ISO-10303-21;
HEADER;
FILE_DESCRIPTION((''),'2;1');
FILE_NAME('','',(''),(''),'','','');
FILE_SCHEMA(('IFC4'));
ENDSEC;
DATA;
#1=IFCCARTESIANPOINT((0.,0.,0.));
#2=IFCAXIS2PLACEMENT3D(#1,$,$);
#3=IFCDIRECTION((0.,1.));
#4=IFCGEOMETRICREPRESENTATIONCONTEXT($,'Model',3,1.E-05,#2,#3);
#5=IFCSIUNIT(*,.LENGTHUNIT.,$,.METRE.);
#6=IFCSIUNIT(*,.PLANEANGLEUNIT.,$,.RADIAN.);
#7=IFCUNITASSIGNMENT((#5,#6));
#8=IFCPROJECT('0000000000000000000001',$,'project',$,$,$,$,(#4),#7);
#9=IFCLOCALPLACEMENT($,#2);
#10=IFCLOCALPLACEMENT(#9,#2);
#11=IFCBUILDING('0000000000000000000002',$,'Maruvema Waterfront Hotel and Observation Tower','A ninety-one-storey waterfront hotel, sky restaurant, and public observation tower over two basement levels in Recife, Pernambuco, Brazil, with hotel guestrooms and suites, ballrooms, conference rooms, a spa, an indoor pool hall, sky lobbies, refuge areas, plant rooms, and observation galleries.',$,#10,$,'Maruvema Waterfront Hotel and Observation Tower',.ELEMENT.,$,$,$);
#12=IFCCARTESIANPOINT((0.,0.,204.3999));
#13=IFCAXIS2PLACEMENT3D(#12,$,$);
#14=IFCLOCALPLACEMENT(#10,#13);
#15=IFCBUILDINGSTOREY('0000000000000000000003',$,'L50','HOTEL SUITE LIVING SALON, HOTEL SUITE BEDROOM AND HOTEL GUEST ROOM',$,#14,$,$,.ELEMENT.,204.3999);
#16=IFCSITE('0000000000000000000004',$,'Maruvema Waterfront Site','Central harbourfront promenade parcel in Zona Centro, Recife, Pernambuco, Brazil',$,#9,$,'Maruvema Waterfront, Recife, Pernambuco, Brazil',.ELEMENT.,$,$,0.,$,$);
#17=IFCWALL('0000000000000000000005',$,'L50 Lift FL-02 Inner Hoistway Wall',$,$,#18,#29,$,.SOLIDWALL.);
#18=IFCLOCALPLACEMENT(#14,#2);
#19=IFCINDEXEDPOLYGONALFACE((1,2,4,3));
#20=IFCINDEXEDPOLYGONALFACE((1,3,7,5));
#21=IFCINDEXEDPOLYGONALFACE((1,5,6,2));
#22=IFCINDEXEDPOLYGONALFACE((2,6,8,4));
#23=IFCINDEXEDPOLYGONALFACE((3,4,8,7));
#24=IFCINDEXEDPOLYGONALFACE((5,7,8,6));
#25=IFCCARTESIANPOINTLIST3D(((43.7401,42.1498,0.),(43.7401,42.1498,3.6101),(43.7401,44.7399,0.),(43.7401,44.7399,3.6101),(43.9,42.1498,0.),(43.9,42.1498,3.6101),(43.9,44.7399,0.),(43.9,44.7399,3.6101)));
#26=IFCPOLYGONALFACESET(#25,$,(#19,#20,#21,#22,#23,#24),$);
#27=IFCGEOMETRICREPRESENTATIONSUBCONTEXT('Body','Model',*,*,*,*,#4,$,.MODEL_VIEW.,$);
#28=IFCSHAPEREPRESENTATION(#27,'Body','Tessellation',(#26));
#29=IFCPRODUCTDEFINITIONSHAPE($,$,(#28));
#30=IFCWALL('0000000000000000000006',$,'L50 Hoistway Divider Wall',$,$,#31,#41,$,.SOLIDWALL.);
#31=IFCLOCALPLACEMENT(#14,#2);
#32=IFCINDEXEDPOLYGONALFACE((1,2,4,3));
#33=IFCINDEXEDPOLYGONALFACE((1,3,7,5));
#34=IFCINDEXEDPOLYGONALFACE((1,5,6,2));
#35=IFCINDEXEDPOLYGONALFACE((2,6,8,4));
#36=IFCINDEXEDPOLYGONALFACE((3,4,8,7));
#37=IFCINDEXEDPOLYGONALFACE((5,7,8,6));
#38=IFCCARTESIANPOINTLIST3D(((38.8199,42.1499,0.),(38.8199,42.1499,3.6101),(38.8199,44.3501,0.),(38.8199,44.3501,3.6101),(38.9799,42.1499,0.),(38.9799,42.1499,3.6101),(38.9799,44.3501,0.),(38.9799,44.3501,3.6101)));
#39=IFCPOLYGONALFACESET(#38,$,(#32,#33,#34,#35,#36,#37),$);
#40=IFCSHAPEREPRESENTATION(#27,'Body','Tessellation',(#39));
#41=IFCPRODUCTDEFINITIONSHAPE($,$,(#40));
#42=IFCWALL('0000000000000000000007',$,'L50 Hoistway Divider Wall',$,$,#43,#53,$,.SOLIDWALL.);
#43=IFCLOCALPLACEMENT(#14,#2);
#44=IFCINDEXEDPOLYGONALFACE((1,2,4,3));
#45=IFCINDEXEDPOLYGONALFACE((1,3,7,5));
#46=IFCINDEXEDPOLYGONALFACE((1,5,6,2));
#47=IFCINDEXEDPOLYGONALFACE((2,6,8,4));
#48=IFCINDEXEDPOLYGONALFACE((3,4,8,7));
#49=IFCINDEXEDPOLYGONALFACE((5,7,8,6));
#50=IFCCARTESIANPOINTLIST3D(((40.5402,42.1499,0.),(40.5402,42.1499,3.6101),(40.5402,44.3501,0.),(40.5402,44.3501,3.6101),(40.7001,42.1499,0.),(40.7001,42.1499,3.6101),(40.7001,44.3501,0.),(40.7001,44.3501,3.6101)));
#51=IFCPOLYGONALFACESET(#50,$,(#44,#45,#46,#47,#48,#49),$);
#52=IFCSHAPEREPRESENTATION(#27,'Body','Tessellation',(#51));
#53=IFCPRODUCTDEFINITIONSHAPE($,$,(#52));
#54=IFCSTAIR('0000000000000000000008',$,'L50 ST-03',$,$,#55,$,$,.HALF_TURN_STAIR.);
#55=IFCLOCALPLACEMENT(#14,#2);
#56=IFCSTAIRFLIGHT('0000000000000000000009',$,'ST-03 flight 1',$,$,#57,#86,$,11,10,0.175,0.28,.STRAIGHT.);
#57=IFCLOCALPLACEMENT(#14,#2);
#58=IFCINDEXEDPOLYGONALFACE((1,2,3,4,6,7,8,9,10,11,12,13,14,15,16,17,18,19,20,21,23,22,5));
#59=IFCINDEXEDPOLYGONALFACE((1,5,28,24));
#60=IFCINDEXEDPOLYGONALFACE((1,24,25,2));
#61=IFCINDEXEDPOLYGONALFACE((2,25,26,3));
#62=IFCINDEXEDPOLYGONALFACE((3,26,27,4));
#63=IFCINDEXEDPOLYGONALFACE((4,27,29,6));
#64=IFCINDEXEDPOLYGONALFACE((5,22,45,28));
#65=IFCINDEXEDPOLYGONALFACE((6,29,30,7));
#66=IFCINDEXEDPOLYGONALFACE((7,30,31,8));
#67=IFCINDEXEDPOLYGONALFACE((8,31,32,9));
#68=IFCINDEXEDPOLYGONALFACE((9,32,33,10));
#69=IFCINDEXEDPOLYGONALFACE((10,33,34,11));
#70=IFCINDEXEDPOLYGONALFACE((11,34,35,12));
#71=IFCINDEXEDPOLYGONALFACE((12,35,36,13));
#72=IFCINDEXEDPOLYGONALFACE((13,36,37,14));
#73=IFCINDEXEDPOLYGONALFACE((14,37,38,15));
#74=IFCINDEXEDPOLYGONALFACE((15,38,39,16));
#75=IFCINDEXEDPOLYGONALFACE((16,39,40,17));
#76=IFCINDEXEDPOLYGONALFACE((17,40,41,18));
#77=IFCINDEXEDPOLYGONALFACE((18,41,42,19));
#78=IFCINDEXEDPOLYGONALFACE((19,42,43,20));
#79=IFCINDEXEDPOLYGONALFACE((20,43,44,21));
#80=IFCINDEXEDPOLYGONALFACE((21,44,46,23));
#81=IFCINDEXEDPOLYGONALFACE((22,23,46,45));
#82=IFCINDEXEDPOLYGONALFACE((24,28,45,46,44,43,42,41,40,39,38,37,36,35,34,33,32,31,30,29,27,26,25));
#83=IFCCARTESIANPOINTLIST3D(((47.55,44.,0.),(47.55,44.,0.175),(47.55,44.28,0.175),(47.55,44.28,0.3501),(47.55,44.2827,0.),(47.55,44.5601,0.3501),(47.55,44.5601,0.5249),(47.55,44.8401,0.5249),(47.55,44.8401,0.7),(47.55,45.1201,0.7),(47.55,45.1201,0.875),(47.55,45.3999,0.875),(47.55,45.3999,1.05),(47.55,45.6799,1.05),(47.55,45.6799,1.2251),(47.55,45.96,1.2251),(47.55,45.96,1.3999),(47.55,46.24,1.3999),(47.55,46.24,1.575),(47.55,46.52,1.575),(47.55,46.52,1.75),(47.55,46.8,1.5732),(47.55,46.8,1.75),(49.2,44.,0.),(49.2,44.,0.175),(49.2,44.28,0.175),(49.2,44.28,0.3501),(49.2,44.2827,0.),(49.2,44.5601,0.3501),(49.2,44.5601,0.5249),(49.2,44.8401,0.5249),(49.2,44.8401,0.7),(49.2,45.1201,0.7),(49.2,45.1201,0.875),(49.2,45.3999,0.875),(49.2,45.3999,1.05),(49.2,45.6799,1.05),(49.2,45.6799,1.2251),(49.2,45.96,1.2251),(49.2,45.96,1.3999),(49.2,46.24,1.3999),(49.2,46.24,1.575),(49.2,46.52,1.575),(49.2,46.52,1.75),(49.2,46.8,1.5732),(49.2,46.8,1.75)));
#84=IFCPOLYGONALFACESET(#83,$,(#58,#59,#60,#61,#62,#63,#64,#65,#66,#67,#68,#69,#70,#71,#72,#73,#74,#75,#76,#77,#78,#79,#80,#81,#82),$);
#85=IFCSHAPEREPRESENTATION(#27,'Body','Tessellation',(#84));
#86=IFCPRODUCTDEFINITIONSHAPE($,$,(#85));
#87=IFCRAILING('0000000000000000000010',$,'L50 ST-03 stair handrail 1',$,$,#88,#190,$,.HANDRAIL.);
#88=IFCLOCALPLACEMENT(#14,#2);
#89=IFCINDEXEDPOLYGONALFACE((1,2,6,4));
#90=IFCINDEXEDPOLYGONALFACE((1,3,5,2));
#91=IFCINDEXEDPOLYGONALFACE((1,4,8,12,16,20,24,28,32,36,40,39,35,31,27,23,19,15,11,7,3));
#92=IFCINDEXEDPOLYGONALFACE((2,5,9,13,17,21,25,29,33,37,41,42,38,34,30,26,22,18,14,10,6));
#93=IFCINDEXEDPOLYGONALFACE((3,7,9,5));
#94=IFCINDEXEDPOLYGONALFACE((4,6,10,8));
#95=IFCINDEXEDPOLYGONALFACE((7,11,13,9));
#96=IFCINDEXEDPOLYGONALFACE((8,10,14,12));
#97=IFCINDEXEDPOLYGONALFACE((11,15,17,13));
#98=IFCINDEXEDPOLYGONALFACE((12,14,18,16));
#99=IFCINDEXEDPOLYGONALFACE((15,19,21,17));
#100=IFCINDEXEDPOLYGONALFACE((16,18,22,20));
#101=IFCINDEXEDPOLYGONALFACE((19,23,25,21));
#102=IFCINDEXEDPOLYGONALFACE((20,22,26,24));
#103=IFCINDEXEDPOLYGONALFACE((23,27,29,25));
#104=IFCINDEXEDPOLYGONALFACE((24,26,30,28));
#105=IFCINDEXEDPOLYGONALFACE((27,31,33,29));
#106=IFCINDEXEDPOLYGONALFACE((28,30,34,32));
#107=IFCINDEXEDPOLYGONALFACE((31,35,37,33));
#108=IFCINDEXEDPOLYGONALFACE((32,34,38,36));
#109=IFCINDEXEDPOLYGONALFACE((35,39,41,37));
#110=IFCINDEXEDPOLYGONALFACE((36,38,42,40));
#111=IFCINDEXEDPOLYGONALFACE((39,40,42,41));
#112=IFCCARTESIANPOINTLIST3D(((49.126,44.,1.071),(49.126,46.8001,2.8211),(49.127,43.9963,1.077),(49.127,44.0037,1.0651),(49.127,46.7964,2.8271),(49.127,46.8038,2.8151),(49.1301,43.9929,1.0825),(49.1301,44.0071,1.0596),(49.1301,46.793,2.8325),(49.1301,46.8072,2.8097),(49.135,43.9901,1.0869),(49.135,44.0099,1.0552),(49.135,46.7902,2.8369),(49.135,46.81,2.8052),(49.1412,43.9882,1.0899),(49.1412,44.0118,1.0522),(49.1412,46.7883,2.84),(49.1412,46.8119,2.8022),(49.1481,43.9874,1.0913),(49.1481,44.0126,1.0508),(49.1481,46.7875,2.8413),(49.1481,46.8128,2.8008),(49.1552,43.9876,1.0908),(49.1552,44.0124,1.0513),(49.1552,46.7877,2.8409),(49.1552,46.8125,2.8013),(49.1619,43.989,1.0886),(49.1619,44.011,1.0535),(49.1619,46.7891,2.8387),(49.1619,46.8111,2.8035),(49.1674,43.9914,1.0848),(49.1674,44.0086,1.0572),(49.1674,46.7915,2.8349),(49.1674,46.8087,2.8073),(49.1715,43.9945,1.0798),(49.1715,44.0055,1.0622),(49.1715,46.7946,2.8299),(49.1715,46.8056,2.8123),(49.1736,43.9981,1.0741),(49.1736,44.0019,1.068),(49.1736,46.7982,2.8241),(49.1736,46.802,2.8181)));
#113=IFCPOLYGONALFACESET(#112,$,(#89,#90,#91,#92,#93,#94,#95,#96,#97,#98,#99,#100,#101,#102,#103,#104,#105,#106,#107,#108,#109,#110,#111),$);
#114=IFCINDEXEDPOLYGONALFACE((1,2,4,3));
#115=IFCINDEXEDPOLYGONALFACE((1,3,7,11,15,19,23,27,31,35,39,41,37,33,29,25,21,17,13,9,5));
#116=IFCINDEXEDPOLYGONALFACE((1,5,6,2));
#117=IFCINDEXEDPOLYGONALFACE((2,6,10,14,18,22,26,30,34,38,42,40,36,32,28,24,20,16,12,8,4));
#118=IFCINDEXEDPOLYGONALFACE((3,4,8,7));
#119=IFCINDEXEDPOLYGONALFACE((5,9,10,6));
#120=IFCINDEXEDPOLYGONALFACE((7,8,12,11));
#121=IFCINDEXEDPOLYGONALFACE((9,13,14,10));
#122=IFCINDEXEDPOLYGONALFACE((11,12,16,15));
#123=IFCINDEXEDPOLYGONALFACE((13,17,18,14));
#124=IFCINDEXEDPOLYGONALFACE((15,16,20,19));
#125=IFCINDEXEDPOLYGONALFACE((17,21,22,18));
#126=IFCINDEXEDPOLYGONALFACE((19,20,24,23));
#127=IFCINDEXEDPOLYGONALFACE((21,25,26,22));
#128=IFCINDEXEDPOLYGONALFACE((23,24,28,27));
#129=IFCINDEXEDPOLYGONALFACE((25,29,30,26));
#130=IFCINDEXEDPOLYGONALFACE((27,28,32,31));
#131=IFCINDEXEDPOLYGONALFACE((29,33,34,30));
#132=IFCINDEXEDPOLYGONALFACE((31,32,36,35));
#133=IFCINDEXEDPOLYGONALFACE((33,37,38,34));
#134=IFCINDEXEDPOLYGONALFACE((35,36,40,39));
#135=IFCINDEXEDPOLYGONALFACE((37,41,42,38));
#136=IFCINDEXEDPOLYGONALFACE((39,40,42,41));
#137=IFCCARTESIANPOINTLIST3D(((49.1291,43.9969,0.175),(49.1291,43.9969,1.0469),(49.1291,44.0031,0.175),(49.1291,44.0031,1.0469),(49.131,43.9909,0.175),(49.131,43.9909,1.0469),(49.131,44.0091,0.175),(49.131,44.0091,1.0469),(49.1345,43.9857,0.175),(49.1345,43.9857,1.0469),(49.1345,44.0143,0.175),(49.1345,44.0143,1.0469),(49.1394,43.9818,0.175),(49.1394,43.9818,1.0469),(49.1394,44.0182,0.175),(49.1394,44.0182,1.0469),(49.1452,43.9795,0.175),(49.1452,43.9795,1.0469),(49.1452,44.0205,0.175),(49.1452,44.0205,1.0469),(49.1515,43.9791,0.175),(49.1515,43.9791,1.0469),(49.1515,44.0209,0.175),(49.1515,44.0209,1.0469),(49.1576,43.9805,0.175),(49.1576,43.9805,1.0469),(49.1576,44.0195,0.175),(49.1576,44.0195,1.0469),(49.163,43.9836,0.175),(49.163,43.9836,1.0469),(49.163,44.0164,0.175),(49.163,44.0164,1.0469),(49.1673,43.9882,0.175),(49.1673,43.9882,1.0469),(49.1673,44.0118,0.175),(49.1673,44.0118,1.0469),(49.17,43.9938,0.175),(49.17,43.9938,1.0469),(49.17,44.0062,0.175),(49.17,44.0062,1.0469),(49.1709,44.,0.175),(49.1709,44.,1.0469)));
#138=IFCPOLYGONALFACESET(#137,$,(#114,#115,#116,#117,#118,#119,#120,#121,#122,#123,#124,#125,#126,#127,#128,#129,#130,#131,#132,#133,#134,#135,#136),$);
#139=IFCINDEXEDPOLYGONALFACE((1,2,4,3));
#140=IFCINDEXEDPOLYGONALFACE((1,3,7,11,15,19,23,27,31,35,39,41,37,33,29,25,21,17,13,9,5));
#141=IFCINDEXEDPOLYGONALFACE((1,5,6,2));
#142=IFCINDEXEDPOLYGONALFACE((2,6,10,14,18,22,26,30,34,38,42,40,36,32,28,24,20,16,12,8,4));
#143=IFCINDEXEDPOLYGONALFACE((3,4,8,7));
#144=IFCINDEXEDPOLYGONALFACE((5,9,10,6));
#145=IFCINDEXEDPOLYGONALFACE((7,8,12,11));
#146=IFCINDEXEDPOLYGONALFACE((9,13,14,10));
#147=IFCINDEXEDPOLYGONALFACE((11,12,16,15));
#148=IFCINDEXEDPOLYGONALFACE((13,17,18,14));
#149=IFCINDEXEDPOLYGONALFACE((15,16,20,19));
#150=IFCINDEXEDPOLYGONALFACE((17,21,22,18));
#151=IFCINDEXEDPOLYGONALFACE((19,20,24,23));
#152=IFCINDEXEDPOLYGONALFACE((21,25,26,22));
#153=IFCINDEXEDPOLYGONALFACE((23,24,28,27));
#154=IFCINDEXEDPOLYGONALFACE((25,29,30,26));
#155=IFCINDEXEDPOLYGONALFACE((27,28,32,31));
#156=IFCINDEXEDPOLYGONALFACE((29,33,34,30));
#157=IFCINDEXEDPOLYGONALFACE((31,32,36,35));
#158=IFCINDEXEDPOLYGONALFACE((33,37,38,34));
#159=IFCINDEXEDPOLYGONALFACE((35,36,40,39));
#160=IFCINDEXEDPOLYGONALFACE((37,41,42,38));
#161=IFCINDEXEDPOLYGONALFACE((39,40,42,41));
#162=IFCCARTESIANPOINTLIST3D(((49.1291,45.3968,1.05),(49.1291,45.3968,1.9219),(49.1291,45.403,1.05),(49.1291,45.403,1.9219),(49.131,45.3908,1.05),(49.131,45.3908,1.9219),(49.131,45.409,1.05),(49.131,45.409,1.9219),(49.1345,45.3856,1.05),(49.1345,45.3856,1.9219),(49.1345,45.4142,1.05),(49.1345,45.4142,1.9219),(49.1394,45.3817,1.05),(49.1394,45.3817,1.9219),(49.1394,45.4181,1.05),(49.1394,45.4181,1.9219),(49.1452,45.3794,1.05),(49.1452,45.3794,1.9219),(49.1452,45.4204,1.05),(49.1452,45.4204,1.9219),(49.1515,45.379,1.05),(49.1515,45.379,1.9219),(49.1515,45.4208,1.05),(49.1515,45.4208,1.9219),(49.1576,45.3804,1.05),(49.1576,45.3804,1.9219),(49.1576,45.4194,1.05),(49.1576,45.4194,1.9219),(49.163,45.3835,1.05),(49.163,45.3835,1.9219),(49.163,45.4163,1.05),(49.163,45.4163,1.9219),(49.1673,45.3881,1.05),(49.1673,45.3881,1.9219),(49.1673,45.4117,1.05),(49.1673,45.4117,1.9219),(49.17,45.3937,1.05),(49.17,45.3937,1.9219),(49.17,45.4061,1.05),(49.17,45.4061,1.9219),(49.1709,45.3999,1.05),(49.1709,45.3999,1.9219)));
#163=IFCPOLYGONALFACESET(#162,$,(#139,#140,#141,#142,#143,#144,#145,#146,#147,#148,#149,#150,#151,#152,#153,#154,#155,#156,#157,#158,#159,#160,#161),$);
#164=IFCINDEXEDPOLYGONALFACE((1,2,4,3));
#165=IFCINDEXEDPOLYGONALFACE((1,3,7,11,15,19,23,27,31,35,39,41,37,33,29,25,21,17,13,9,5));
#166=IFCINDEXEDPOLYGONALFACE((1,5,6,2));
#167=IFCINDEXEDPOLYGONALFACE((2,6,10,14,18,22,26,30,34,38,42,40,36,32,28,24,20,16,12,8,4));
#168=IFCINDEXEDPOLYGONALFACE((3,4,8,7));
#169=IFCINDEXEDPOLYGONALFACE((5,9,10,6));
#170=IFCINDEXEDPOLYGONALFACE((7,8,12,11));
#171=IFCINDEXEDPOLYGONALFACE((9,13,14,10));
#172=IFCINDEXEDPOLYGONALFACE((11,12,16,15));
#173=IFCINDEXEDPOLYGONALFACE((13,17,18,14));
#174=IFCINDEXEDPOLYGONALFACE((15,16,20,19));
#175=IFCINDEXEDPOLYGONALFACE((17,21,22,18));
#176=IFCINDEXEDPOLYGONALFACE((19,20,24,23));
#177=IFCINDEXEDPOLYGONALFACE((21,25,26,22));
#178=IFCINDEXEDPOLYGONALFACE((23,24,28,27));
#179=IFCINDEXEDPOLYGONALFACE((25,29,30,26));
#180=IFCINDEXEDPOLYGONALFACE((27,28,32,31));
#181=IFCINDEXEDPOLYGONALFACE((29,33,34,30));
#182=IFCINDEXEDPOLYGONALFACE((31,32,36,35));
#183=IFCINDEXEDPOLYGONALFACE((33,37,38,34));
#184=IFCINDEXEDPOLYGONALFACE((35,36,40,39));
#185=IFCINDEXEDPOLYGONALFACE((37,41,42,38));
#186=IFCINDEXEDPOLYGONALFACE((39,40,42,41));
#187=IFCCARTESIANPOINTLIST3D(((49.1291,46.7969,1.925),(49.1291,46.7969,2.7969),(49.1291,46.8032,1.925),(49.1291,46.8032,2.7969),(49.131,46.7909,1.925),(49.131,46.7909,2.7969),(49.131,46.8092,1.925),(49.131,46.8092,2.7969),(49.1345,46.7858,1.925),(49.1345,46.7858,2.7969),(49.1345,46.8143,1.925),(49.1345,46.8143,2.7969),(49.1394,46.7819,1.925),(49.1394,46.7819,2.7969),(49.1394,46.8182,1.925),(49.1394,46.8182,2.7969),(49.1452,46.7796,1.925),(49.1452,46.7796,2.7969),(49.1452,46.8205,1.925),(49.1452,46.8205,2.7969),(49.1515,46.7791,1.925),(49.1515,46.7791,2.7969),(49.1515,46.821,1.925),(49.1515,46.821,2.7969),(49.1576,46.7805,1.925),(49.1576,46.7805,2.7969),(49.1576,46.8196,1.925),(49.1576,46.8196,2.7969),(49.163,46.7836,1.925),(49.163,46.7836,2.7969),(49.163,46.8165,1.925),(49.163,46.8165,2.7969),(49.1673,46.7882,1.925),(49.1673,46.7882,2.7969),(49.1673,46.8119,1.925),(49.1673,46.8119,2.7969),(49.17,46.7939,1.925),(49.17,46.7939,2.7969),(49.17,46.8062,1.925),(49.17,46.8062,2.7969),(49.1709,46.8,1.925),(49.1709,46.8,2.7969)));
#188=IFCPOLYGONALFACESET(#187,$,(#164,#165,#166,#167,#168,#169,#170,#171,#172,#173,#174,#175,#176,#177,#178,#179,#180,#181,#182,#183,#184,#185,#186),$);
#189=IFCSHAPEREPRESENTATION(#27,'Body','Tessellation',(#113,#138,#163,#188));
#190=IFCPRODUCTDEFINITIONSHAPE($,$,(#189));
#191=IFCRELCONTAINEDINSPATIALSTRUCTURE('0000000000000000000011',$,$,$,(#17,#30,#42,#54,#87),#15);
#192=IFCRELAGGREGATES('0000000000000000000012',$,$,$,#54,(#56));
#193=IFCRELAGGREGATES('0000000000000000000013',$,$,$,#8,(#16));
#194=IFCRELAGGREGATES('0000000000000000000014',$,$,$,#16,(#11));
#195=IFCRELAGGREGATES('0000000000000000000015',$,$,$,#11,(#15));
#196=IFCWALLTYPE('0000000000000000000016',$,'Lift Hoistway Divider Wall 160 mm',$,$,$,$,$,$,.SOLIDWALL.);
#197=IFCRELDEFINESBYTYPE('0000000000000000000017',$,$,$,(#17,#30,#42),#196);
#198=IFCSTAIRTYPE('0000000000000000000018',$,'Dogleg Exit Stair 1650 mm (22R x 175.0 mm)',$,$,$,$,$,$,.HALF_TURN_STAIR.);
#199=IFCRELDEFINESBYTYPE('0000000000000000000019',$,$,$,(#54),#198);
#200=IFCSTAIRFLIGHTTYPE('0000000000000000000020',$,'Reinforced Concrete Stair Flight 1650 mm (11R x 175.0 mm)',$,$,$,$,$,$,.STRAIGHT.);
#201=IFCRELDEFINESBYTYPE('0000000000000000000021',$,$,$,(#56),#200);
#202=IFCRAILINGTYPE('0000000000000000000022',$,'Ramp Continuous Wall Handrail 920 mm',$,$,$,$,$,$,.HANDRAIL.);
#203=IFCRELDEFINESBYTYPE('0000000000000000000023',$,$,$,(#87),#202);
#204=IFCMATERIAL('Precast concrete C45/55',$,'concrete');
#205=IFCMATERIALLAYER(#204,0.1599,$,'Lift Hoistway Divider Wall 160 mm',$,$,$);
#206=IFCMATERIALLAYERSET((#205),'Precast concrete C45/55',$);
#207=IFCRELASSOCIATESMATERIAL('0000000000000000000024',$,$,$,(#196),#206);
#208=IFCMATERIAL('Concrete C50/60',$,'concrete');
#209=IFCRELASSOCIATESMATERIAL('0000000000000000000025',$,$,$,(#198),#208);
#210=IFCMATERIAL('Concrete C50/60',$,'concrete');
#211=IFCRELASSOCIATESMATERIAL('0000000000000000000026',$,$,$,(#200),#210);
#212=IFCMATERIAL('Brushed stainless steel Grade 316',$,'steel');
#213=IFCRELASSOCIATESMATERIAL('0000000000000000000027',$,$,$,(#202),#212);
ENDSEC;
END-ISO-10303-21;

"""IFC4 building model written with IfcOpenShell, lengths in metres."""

from ifc_helpers import new_model, si_unit, direction, frame, frame_2d, origin, origin_2d, place, context, subcontext, project, spatial, polyline, rectangle, circle, outline, extrude, material, layer, layer_set, type_object, element, aggregate, save


model = new_model("IFC4")

# Units and contexts
model_context = context("Model", 3, precision=1e-05, world=origin(), true_north=direction((0.0, 1.0)))
body_context = subcontext(model_context, "Body", "Model", "MODEL_VIEW")
ifc_project = project(units=[si_unit("LENGTHUNIT", "METRE"), si_unit("PLANEANGLEUNIT", "RADIAN")], contexts=[model_context])

# Site, building, storey
site_placement = place(None, origin())
site = spatial("IfcSite", under=ifc_project, at=site_placement, Name="Maruvema Waterfront Site", Description="Central harbourfront promenade parcel in Zona Centro, Recife, Pernambuco, Brazil", LongName="Maruvema Waterfront, Recife, Pernambuco, Brazil", CompositionType="ELEMENT", RefElevation=0.0)
building_placement = place(site_placement, origin())
building = spatial("IfcBuilding", under=site, at=building_placement, Name="Maruvema Waterfront Hotel and Observation Tower", Description="A ninety-one-storey waterfront hotel, sky restaurant, and public observation tower over two basement levels in Recife, Pernambuco, Brazil, with hotel guestrooms and suites, ballrooms, conference rooms, a spa, an indoor pool hall, sky lobbies, refuge areas, plant rooms, and observation galleries.", LongName="Maruvema Waterfront Hotel and Observation Tower", CompositionType="ELEMENT")
storey_placement = place(building_placement, frame((0.0, 0.0, 204.3999)))
storey = spatial("IfcBuildingStorey", under=building, at=storey_placement, Name="L50", Description="HOTEL SUITE LIVING SALON, HOTEL SUITE BEDROOM AND HOTEL GUEST ROOM", CompositionType="ELEMENT", Elevation=204.3999)

# Walls
ifc_material_1 = material(Name="Precast concrete C45/55", Category="concrete")
ifc_layer_1 = layer(ifc_material_1, 0.1599, Name="Lift Hoistway Divider Wall 160 mm")
ifc_layer_set_1 = layer_set([ifc_layer_1], Name="Precast concrete C45/55")
wall_type_1 = type_object("IfcWallType", Name="Lift Hoistway Divider Wall 160 mm", PredefinedType="SOLIDWALL", material=ifc_layer_set_1)
wall_1_placement = place(storey_placement, frame((43.8201, 42.1499, 0.0), z_axis=(0.0, 0.0, 1.0), x_axis=(0.0, 1.0, 0.0)))
element("IfcWall", 1, at=wall_1_placement, inside=storey, type_object=wall_type_1, Name="L50 Lift FL-02 Inner Hoistway Wall", PredefinedType="SOLIDWALL", context=body_context, shape_type="SweptSolid", body=[
    extrude(rectangle(XDim=2.5901, YDim=0.1599, at=frame_2d((1.2949, 0.0))), origin(), (0.0, 0.0, 1.0), 3.6101),
])
for number, where, z_axis, x_axis, name in (
    (2, (38.8999, 42.1499, 0.0), (0.0, 0.0, 1.0), (0.0, 1.0, 0.0), "L50 Hoistway Divider Wall"),
    (3, (40.6201, 42.1499, 0.0), (0.0, 0.0, 1.0), (0.0, 1.0, 0.0), "L50 Hoistway Divider Wall"),
):
    element("IfcWall", number, at=place(storey_placement, frame(where, z_axis=z_axis, x_axis=x_axis)), inside=storey, type_object=wall_type_1, Name=name, PredefinedType="SOLIDWALL", context=body_context, shape_type="SweptSolid", body=[
        extrude(rectangle(XDim=2.2002, YDim=0.1599, at=frame_2d((1.1001, 0.0))), origin(), (0.0, 0.0, 1.0), 3.6101),
    ])

# Stair, stair flight
ifc_material_2 = material(Name="Concrete C50/60", Category="concrete")
stair_type = type_object("IfcStairType", Name="Dogleg Exit Stair 1650 mm (22R x 175.0 mm)", PredefinedType="HALF_TURN_STAIR", material=ifc_material_2)
stair_placement = place(storey_placement, origin())
stair = element("IfcStair", 4, at=stair_placement, inside=storey, type_object=stair_type, Name="L50 ST-03", PredefinedType="HALF_TURN_STAIR")
ifc_material_3 = material(Name="Concrete C50/60", Category="concrete")
stair_flight_type = type_object("IfcStairFlightType", Name="Reinforced Concrete Stair Flight 1650 mm (11R x 175.0 mm)", PredefinedType="STRAIGHT", material=ifc_material_3)
stair_flight_placement = place(storey_placement, frame((48.375, 44.0, 0.0), z_axis=(0.0, 0.0, 1.0), x_axis=(0.0, 1.0, 0.0)))
stair_flight = element("IfcStairFlight", 5, at=stair_flight_placement, type_object=stair_flight_type, Name="ST-03 flight 1", NumberOfRisers=11, NumberOfTreads=10, PredefinedType="STRAIGHT", RiserHeight=0.175, TreadLength=0.28, context=body_context, shape_type="SweptSolid", body=[
    extrude(outline(polyline([(0.0, 0.0), (0.0, 0.175), (0.28, 0.175), (0.28, 0.3501), (0.5601, 0.3501), (0.5601, 0.5249), (0.8401, 0.5249), (0.8401, 0.7), (1.1201, 0.7), (1.1201, 0.875), (1.3999, 0.875), (1.3999, 1.05), (1.6799, 1.05), (1.6799, 1.2251), (1.96, 1.2251), (1.96, 1.3999), (2.24, 1.3999), (2.24, 1.575), (2.52, 1.575), (2.52, 1.75), (2.8, 1.75), (2.8, 1.925), (2.8, 1.5732), (0.2827, 0.0), (0.0, 0.0)])), frame((0.0, 0.825, 0.0), z_axis=(0.0, -1.0, 0.0), x_axis=(1.0, 0.0, 0.0)), (0.0, 0.0, 1.0), 1.6499),
])
aggregate(stair, [stair_flight])

# Railing
ifc_material_4 = material(Name="Brushed stainless steel Grade 316", Category="steel")
railing_type_1 = type_object("IfcRailingType", Name="Ramp Continuous Wall Handrail 920 mm", PredefinedType="HANDRAIL", material=ifc_material_4)
railing_1_placement = place(storey_placement, frame((49.1499, 44.0, 0.175)))
element("IfcRailing", 6, at=railing_1_placement, inside=storey, type_object=railing_type_1, Name="L50 ST-03 stair handrail 1", PredefinedType="HANDRAIL", context=body_context, shape_type="SweptSolid", body=[
    extrude(circle(Radius=0.0239, at=origin_2d()), frame((0.0, 0.0, 0.896), z_axis=(0.0, 0.848002, 0.529992), x_axis=(-1.0, 0.0, 0.0)), (0.0, 0.0, 1.0), 3.302),
    extrude(circle(Radius=0.021, at=origin_2d()), origin(), (0.0, 0.0, 1.0), 0.8718),
    extrude(circle(Radius=0.021, at=origin_2d()), frame((0.0, 1.3999, 0.875)), (0.0, 0.0, 1.0), 0.8718),
    extrude(circle(Radius=0.021, at=origin_2d()), frame((0.0, 2.8, 1.75)), (0.0, 0.0, 1.0), 0.8718),
])

save(model, "model.ifc")
